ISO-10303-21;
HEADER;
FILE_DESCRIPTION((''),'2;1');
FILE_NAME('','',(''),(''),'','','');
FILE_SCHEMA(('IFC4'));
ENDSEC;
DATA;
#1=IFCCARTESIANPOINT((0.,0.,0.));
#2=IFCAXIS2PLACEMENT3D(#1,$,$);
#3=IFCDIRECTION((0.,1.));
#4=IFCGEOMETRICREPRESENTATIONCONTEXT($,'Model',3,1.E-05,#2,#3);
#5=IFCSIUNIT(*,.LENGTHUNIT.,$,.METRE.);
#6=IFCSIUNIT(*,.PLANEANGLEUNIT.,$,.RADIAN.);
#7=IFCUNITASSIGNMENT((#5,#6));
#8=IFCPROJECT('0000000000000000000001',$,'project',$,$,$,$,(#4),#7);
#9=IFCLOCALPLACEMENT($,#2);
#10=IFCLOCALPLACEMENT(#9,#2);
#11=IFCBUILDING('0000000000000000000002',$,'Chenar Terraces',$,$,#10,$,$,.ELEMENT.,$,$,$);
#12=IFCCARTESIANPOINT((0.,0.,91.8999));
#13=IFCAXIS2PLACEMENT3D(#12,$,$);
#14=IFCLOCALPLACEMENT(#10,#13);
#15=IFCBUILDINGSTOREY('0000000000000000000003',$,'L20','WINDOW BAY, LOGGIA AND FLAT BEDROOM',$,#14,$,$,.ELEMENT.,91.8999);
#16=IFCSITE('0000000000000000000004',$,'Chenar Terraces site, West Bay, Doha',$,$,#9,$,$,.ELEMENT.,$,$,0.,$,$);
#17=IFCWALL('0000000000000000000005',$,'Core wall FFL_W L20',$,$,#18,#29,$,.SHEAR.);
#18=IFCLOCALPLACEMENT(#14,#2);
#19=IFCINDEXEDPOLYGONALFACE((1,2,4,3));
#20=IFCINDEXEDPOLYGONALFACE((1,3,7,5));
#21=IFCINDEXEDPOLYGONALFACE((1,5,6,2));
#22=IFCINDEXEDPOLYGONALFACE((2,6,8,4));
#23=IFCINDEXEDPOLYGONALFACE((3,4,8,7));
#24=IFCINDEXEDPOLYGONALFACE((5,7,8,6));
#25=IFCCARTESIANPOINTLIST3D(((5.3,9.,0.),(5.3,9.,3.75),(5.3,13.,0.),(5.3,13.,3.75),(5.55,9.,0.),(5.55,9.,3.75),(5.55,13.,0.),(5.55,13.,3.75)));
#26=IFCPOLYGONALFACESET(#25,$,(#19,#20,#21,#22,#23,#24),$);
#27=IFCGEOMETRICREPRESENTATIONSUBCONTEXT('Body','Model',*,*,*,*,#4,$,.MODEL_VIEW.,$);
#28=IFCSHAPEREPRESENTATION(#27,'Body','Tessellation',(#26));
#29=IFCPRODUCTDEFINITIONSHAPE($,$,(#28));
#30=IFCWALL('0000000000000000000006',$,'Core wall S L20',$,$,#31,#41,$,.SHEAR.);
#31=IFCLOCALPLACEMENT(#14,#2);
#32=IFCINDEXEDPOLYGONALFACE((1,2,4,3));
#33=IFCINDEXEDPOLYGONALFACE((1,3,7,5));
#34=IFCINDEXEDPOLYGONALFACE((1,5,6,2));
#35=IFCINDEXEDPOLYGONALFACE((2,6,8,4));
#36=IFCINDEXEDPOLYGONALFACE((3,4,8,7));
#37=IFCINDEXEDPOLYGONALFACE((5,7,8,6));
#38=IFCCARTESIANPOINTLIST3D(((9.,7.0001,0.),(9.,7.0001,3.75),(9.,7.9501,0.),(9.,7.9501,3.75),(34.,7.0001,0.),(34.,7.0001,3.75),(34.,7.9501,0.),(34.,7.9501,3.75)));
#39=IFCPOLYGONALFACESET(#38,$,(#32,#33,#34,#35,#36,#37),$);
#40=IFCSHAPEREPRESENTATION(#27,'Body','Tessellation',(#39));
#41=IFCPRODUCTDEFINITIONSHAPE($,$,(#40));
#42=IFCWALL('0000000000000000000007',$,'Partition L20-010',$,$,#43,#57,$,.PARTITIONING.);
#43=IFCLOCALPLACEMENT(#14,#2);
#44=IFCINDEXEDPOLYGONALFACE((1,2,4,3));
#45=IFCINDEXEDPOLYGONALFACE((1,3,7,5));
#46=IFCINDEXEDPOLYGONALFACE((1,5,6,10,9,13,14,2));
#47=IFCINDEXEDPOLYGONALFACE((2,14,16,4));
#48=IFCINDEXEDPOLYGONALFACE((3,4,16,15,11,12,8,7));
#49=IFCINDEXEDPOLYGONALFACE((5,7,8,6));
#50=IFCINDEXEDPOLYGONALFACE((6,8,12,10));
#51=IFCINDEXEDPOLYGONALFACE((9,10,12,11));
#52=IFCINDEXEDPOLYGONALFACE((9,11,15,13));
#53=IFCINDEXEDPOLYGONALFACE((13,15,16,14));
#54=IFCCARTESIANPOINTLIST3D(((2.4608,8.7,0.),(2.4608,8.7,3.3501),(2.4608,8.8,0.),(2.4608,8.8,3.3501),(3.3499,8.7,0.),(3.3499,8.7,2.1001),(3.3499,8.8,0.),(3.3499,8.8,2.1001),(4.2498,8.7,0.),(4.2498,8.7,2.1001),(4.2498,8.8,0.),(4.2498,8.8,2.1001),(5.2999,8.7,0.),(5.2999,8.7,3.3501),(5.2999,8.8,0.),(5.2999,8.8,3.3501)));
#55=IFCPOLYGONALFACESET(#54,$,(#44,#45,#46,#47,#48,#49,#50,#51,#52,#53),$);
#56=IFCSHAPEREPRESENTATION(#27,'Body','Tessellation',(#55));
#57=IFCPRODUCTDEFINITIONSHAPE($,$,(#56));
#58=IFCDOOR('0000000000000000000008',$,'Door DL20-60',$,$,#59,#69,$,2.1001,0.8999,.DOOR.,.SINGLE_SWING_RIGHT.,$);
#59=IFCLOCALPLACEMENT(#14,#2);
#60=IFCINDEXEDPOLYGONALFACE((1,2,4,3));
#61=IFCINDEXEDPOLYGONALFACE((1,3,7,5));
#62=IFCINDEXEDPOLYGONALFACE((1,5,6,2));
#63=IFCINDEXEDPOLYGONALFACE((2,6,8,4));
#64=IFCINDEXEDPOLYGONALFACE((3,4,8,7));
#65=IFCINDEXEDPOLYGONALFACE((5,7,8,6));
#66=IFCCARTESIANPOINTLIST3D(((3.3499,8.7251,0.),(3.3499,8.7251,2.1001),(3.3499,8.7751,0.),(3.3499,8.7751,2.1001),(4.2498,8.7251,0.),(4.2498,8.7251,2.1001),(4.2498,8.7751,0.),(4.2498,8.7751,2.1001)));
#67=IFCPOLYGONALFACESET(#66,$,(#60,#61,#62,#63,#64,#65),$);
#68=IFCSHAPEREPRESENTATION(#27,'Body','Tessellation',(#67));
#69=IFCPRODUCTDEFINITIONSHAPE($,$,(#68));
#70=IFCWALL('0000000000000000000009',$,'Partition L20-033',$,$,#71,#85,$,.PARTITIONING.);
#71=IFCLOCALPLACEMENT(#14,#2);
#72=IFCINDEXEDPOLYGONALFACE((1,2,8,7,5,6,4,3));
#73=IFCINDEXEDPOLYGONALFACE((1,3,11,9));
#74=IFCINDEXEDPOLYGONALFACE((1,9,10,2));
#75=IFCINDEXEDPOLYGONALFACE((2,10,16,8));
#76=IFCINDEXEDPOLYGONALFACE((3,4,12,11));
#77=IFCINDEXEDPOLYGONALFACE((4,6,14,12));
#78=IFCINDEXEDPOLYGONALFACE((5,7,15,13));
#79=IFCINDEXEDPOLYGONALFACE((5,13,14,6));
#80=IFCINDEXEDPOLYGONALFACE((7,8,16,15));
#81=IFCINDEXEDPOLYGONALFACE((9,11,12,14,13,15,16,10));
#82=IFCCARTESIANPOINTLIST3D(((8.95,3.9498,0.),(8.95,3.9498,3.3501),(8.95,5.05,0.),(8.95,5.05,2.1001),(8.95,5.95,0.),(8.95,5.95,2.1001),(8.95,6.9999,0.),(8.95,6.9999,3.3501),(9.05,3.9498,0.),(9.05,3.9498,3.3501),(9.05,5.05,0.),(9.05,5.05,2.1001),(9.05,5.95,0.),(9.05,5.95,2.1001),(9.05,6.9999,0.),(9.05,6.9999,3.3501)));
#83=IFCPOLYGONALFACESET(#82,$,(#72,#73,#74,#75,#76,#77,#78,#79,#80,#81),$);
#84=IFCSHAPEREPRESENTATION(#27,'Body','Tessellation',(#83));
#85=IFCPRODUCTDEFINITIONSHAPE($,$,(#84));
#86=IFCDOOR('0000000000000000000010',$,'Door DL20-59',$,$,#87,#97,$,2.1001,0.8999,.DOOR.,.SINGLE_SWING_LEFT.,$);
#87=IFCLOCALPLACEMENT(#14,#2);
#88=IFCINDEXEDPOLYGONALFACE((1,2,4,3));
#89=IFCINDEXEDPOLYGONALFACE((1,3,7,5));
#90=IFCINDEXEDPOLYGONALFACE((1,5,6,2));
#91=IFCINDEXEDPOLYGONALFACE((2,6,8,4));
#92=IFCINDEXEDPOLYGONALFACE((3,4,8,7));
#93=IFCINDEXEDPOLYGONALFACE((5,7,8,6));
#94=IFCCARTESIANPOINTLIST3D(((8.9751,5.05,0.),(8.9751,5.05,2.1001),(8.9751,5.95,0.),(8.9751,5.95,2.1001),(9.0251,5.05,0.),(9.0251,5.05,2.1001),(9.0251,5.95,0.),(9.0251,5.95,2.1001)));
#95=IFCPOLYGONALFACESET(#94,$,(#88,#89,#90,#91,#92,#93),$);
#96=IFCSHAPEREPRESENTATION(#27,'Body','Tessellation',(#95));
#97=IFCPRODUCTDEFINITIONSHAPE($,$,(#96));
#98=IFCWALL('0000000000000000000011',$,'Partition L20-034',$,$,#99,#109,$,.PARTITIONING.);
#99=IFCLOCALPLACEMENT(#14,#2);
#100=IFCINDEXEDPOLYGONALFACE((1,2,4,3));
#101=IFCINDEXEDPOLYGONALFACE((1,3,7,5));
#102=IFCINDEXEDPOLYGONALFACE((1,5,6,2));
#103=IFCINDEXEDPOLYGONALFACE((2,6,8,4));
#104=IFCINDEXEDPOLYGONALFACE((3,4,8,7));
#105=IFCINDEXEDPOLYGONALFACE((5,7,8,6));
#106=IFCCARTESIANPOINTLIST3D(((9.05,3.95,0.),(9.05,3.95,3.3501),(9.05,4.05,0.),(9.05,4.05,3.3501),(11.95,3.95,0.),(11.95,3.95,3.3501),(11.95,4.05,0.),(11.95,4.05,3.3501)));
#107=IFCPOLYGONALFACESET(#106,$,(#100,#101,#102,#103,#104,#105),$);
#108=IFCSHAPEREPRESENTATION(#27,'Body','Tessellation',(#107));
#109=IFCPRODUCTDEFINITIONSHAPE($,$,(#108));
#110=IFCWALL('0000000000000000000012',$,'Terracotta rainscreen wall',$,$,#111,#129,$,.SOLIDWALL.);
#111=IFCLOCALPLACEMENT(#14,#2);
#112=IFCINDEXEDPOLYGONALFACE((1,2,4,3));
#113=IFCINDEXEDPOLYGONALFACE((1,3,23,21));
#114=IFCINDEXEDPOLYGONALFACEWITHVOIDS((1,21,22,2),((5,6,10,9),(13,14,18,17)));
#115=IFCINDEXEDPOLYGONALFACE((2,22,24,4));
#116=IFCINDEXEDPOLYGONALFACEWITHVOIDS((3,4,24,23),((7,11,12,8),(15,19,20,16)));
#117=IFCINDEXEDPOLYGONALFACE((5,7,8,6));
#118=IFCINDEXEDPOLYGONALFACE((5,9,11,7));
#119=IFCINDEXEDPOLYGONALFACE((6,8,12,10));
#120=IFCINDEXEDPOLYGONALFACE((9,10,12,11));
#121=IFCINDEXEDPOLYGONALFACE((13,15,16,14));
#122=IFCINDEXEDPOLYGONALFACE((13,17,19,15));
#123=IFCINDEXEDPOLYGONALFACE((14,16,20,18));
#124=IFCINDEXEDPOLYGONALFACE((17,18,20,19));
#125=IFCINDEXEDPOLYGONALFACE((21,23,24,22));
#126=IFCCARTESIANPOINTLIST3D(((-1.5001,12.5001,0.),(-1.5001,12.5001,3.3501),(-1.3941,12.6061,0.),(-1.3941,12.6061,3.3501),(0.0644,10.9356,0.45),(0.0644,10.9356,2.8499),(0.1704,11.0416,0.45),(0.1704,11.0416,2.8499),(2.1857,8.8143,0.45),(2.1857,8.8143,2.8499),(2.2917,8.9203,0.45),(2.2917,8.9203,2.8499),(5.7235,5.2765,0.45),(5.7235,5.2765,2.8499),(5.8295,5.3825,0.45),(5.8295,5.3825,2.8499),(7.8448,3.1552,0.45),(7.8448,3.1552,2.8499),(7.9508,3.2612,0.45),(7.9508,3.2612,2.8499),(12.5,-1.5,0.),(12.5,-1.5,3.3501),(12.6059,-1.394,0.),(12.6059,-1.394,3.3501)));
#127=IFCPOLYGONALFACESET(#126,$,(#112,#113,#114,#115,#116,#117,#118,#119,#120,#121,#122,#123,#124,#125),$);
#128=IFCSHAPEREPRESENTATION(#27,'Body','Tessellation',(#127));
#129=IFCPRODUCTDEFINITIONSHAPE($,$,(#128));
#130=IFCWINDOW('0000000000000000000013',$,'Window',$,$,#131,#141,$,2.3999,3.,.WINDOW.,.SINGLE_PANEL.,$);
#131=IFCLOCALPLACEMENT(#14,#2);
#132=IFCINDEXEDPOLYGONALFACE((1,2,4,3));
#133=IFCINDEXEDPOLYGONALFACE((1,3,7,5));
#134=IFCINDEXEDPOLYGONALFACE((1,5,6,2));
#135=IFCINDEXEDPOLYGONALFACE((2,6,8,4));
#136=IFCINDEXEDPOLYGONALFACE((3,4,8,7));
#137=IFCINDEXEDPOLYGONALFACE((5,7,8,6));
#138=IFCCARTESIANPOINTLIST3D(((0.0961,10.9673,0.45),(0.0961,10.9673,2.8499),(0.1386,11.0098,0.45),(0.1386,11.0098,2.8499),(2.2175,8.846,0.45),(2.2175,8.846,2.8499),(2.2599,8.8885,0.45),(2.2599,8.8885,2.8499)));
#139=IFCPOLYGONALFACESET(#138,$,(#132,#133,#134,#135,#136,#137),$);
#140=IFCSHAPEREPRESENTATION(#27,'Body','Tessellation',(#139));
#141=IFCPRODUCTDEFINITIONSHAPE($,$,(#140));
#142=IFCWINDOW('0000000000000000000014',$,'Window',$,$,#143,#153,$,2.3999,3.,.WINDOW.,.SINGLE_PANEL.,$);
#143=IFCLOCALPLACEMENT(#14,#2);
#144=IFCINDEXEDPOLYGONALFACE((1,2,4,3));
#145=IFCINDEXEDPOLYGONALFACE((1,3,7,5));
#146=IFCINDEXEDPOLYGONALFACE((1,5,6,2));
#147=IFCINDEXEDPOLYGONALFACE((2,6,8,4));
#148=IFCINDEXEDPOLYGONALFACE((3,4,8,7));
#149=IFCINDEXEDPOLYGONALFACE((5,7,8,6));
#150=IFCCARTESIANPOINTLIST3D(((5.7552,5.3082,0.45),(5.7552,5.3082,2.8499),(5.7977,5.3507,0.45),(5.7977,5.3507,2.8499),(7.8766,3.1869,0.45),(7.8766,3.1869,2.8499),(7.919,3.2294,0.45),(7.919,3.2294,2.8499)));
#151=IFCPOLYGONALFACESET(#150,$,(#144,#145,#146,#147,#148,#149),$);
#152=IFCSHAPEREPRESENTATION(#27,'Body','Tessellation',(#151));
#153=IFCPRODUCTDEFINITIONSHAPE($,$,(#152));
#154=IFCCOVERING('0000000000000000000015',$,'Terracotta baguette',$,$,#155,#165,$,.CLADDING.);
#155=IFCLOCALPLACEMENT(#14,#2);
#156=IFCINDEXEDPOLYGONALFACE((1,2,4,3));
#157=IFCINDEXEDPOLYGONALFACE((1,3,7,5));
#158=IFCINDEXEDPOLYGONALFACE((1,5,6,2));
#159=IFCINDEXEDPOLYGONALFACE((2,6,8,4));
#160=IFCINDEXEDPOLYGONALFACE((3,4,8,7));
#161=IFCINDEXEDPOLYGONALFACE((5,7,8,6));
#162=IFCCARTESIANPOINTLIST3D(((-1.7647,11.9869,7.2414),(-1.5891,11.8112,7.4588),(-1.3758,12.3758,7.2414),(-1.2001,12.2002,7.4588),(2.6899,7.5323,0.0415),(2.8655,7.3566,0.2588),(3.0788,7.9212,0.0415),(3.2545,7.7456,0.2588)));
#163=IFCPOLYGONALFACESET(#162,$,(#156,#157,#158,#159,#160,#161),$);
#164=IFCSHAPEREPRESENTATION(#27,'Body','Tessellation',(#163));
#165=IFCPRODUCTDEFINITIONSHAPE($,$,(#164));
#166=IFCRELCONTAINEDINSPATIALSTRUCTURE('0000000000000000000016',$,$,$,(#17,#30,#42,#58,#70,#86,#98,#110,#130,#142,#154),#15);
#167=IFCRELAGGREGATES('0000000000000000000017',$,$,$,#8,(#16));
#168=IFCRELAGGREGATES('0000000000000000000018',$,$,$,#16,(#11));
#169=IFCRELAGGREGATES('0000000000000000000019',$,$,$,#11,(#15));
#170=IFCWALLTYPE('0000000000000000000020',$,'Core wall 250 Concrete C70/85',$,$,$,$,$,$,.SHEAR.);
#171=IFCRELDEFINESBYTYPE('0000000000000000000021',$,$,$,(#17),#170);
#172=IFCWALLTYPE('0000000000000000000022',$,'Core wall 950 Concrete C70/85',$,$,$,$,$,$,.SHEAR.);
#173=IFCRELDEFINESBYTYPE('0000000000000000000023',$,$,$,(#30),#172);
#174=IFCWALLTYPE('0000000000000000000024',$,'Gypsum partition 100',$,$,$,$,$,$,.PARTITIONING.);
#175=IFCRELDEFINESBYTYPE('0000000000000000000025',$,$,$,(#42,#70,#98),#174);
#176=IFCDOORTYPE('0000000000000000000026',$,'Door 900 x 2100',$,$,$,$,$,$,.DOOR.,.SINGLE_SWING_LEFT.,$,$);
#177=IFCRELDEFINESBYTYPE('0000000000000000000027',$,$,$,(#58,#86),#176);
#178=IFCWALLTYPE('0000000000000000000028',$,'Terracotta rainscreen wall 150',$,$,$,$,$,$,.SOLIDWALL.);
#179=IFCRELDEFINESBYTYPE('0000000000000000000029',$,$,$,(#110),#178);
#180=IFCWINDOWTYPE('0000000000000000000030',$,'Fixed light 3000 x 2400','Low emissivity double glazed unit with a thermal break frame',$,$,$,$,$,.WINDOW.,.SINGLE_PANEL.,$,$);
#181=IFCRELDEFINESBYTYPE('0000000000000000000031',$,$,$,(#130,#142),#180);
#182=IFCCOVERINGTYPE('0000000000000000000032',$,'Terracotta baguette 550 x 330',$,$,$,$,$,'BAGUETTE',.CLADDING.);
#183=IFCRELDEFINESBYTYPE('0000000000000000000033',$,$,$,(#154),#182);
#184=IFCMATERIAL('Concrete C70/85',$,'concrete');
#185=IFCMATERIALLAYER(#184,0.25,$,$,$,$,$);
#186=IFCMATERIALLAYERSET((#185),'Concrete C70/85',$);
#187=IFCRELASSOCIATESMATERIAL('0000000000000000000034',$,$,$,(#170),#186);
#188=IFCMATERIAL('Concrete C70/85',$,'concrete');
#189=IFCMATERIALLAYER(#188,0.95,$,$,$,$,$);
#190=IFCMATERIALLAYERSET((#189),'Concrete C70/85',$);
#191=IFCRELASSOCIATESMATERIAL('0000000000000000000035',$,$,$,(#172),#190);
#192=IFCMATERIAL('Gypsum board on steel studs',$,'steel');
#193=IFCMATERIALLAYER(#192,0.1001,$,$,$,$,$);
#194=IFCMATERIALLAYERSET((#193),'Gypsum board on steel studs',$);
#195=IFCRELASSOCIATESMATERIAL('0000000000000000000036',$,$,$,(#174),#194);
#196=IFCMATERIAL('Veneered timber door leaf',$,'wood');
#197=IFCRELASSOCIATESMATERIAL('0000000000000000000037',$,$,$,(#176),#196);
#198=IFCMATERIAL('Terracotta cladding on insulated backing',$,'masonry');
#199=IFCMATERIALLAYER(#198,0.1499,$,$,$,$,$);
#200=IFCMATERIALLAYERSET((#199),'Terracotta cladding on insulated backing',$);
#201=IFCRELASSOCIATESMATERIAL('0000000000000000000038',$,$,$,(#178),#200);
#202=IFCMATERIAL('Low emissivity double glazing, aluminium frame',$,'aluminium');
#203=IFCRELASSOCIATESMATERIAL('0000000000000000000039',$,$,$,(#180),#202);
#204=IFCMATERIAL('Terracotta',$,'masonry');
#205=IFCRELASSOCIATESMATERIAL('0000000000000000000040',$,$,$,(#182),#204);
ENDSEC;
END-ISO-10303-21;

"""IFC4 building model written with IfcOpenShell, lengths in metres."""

from ifc_helpers import new_model, si_unit, direction, frame, frame_2d, origin, origin_2d, place, context, subcontext, project, spatial, rectangle, extrude, material, layer, layer_set, material_profile, profile_set, type_object, element, fill, save


model = new_model("IFC4")

# Units and contexts
model_context = context("Model", 3, precision=1e-05, world=origin(), true_north=direction((0.0, 1.0)))
body_context = subcontext(model_context, "Body", "Model", "MODEL_VIEW")
ifc_project = project(units=[si_unit("LENGTHUNIT", "METRE"), si_unit("PLANEANGLEUNIT", "RADIAN")], contexts=[model_context])

# Site, building, storey
site_placement = place(None, origin())
site = spatial("IfcSite", under=ifc_project, at=site_placement, Name="Chenar Terraces site, West Bay, Doha", CompositionType="ELEMENT", RefElevation=0.0)
building_placement = place(site_placement, origin())
building = spatial("IfcBuilding", under=site, at=building_placement, Name="Chenar Terraces", CompositionType="ELEMENT")
storey_placement = place(building_placement, frame((0.0, 0.0, 91.8999)))
storey = spatial("IfcBuildingStorey", under=building, at=storey_placement, Name="L20", Description="WINDOW BAY, LOGGIA AND FLAT BEDROOM", CompositionType="ELEMENT", Elevation=91.8999)

# Shared definitions
ifc_material_1 = material(Name="Concrete C70/85", Category="concrete")
ifc_layer_1 = layer(ifc_material_1, 0.25)
ifc_layer_set_1 = layer_set([ifc_layer_1], Name="Concrete C70/85")
wall_type_1 = type_object("IfcWallType", Name="Core wall 250 Concrete C70/85", PredefinedType="SHEAR", material=ifc_layer_set_1)

# Walls
wall_1_placement = place(storey_placement, frame((5.425, 9.0, 0.0), z_axis=(0.0, 0.0, 1.0), x_axis=(0.0, 1.0, 0.0)))
element("IfcWall", 1, at=wall_1_placement, inside=storey, type_object=wall_type_1, Name="Core wall FFL_W L20", PredefinedType="SHEAR", context=body_context, shape_type="SweptSolid", body=[
    extrude(rectangle(XDim=4.0, YDim=0.25, at=frame_2d((2.0, 0.0))), origin(), (0.0, 0.0, 1.0), 3.75),
])
ifc_material_2 = material(Name="Concrete C70/85", Category="concrete")
ifc_layer_2 = layer(ifc_material_2, 0.95)
ifc_layer_set_2 = layer_set([ifc_layer_2], Name="Concrete C70/85")
wall_type_2 = type_object("IfcWallType", Name="Core wall 950 Concrete C70/85", PredefinedType="SHEAR", material=ifc_layer_set_2)
wall_2_placement = place(storey_placement, frame((9.0, 7.4751, 0.0), z_axis=(0.0, 0.0, 1.0), x_axis=(1.0, 0.0, 0.0)))
element("IfcWall", 2, at=wall_2_placement, inside=storey, type_object=wall_type_2, Name="Core wall S L20", PredefinedType="SHEAR", context=body_context, shape_type="SweptSolid", body=[
    extrude(rectangle(XDim=25.0, YDim=0.95, at=frame_2d((12.5, 0.0))), origin(), (0.0, 0.0, 1.0), 3.75),
])

# Walls, openings, doors
ifc_material_3 = material(Name="Gypsum board on steel studs", Category="steel")
ifc_layer_3 = layer(ifc_material_3, 0.1001)
ifc_layer_set_3 = layer_set([ifc_layer_3], Name="Gypsum board on steel studs")
wall_type_3 = type_object("IfcWallType", Name="Gypsum partition 100", PredefinedType="PARTITIONING", material=ifc_layer_set_3)
wall_3_placement = place(storey_placement, frame((2.4609, 8.75, 0.0), z_axis=(0.0, 0.0, 1.0), x_axis=(1.0, 0.0, 0.0)))
wall_3 = element("IfcWall", 3, at=wall_3_placement, inside=storey, type_object=wall_type_3, Name="Partition L20-010", PredefinedType="PARTITIONING", context=body_context, shape_type="SweptSolid", body=[
    extrude(rectangle(XDim=2.8391, YDim=0.1001, at=frame_2d((1.4194, 0.0))), origin(), (0.0, 0.0, 1.0), 3.3501),
])
opening_1_placement = place(wall_3_placement, frame((0.8889, 0.0, 0.0)))
opening_1 = element("IfcOpeningElement", 4, at=opening_1_placement, cuts=wall_3, PredefinedType="OPENING", context=body_context, shape_type="SweptSolid", body=[
    extrude(rectangle(XDim=0.8999, YDim=2.1001, at=frame_2d((0.45, 1.05))), frame((0.0, 0.0601, 0.0), z_axis=(0.0, -1.0, 0.0), x_axis=(1.0, 0.0, 0.0)), (0.0, 0.0, 1.0), 0.1201),
])
ifc_material_4 = material(Name="Veneered timber door leaf", Category="wood")
door_type_1 = type_object("IfcDoorType", Name="Door 900 x 2100", OperationType="SINGLE_SWING_LEFT", PredefinedType="DOOR", material=ifc_material_4)
door_1_placement = place(opening_1_placement, frame((0.8999, 0.0, 0.0), z_axis=(0.0, 0.0, 1.0), x_axis=(-1.0, 0.0, 0.0)))
door_1 = element("IfcDoor", 5, at=door_1_placement, inside=storey, type_object=door_type_1, Name="Door DL20-60", OperationType="SINGLE_SWING_RIGHT", OverallHeight=2.1001, OverallWidth=0.8999, PredefinedType="DOOR", context=body_context, shape_type="SweptSolid", body=[
    extrude(rectangle(XDim=0.8999, YDim=2.1001, at=frame_2d((0.45, 1.05))), frame((0.0, 0.0249, 0.0), z_axis=(0.0, -1.0, 0.0), x_axis=(1.0, 0.0, 0.0)), (0.0, 0.0, 1.0), 0.05),
])
fill(opening_1, door_1)
wall_4_placement = place(storey_placement, frame((9.0, 3.95, 0.0), z_axis=(0.0, 0.0, 1.0), x_axis=(0.0, 1.0, 0.0)))
wall_4 = element("IfcWall", 6, at=wall_4_placement, inside=storey, type_object=wall_type_3, Name="Partition L20-033", PredefinedType="PARTITIONING", context=body_context, shape_type="SweptSolid", body=[
    extrude(rectangle(XDim=3.05, YDim=0.1001, at=frame_2d((1.5249, 0.0))), origin(), (0.0, 0.0, 1.0), 3.3501),
])
opening_2_placement = place(wall_4_placement, frame((1.1001, 0.0, 0.0)))
opening_2 = element("IfcOpeningElement", 7, at=opening_2_placement, cuts=wall_4, PredefinedType="OPENING", context=body_context, shape_type="SweptSolid", body=[
    extrude(rectangle(XDim=0.8999, YDim=2.1001, at=frame_2d((0.45, 1.05))), frame((0.0, 0.0601, 0.0), z_axis=(0.0, -1.0, 0.0), x_axis=(1.0, 0.0, 0.0)), (0.0, 0.0, 1.0), 0.1201),
])
door_2_placement = place(opening_2_placement, origin())
door_2 = element("IfcDoor", 8, at=door_2_placement, inside=storey, type_object=door_type_1, Name="Door DL20-59", OperationType="SINGLE_SWING_LEFT", OverallHeight=2.1001, OverallWidth=0.8999, PredefinedType="DOOR", context=body_context, shape_type="SweptSolid", body=[
    extrude(rectangle(XDim=0.8999, YDim=2.1001, at=frame_2d((0.45, 1.05))), frame((0.0, 0.0249, 0.0), z_axis=(0.0, -1.0, 0.0), x_axis=(1.0, 0.0, 0.0)), (0.0, 0.0, 1.0), 0.05),
])
fill(opening_2, door_2)

# Wall
wall_5_placement = place(storey_placement, frame((9.05, 4.0, 0.0), z_axis=(0.0, 0.0, 1.0), x_axis=(1.0, 0.0, 0.0)))
element("IfcWall", 9, at=wall_5_placement, inside=storey, type_object=wall_type_3, Name="Partition L20-034", PredefinedType="PARTITIONING", context=body_context, shape_type="SweptSolid", body=[
    extrude(rectangle(XDim=2.8999, YDim=0.1001, at=frame_2d((1.45, 0.0))), origin(), (0.0, 0.0, 1.0), 3.3501),
])

# Wall, openings, windows
ifc_material_5 = material(Name="Terracotta cladding on insulated backing", Category="masonry")
ifc_layer_4 = layer(ifc_material_5, 0.1499)
ifc_layer_set_4 = layer_set([ifc_layer_4], Name="Terracotta cladding on insulated backing")
wall_type_4 = type_object("IfcWallType", Name="Terracotta rainscreen wall 150", PredefinedType="SOLIDWALL", material=ifc_layer_set_4)
wall_6_placement = place(storey_placement, frame((-1.447, 12.553, 0.0), z_axis=(0.0, 0.0, 1.0), x_axis=(0.707107, -0.707107, 0.0)))
wall_6 = element("IfcWall", 10, at=wall_6_placement, inside=storey, type_object=wall_type_4, Name="Terracotta rainscreen wall", PredefinedType="SOLIDWALL", context=body_context, shape_type="SweptSolid", body=[
    extrude(rectangle(XDim=19.7991, YDim=0.1499, at=frame_2d((9.8994, 0.0))), origin(), (0.0, 0.0, 1.0), 3.3501),
])
opening_3_placement = place(wall_6_placement, frame((2.2124, 0.0, 0.45)))
opening_3 = element("IfcOpeningElement", 11, at=opening_3_placement, cuts=wall_6, PredefinedType="OPENING", context=body_context, shape_type="SweptSolid", body=[
    extrude(rectangle(XDim=3.0, YDim=2.3999, at=frame_2d((1.5, 1.2))), frame((0.0, 0.085, 0.0), z_axis=(0.0, -1.0, 0.0), x_axis=(1.0, 0.0, 0.0)), (0.0, 0.0, 1.0), 0.1699),
])
opening_4_placement = place(wall_6_placement, frame((10.2156, 0.0, 0.45)))
opening_4 = element("IfcOpeningElement", 12, at=opening_4_placement, cuts=wall_6, PredefinedType="OPENING", context=body_context, shape_type="SweptSolid", body=[
    extrude(rectangle(XDim=3.0, YDim=2.3999, at=frame_2d((1.5, 1.2))), frame((0.0, 0.085, 0.0), z_axis=(0.0, -1.0, 0.0), x_axis=(1.0, 0.0, 0.0)), (0.0, 0.0, 1.0), 0.1699),
])
ifc_material_6 = material(Name="Low emissivity double glazing, aluminium frame", Category="aluminium")
window_type = type_object("IfcWindowType", Name="Fixed light 3000 x 2400", Description="Low emissivity double glazed unit with a thermal break frame", PartitioningType="SINGLE_PANEL", PredefinedType="WINDOW", material=ifc_material_6)
window_1_placement = place(opening_3_placement, origin())
window_1 = element("IfcWindow", 13, at=window_1_placement, inside=storey, type_object=window_type, Name="Window", OverallHeight=2.3999, OverallWidth=3.0, PartitioningType="SINGLE_PANEL", PredefinedType="WINDOW", context=body_context, shape_type="SweptSolid", body=[
    extrude(rectangle(XDim=3.0, YDim=2.3999, at=frame_2d((1.5, 1.2))), frame((0.0, 0.03, 0.0), z_axis=(0.0, -1.0, 0.0), x_axis=(1.0, 0.0, 0.0)), (0.0, 0.0, 1.0), 0.0601),
])
fill(opening_3, window_1)
window_2_placement = place(opening_4_placement, origin())
window_2 = element("IfcWindow", 14, at=window_2_placement, inside=storey, type_object=window_type, Name="Window", OverallHeight=2.3999, OverallWidth=3.0, PartitioningType="SINGLE_PANEL", PredefinedType="WINDOW", context=body_context, shape_type="SweptSolid", body=[
    extrude(rectangle(XDim=3.0, YDim=2.3999, at=frame_2d((1.5, 1.2))), frame((0.0, 0.03, 0.0), z_axis=(0.0, -1.0, 0.0), x_axis=(1.0, 0.0, 0.0)), (0.0, 0.0, 1.0), 0.0601),
])
fill(opening_4, window_2)

# Covering
ifc_material_7 = material(Name="Terracotta", Category="masonry")
ifc_material_profile = material_profile(ifc_material_7, rectangle(XDim=0.55, YDim=0.3301, at=origin_2d()), Name="Terracotta baguette 550 x 330")
ifc_profile_set = profile_set([ifc_material_profile], Name="Terracotta")
covering_type = type_object("IfcCoveringType", Name="Terracotta baguette 550 x 330", ElementType="BAGUETTE", PredefinedType="CLADDING", material=ifc_profile_set)
covering_1_placement = place(storey_placement, frame((-1.4824, 12.0935, 7.3501), z_axis=(0.465624, -0.465624, -0.752588), x_axis=(0.707107, 0.707107, 0.0)))
element("IfcCovering", 15, at=covering_1_placement, inside=storey, type_object=covering_type, Name="Terracotta baguette", PredefinedType="CLADDING", context=body_context, shape_type="SweptSolid", body=[
    extrude(rectangle(XDim=0.55, YDim=0.3301, at=origin_2d()), origin(), (0.0, 0.0, 1.0), 9.5669),
])

save(model, "model.ifc")
